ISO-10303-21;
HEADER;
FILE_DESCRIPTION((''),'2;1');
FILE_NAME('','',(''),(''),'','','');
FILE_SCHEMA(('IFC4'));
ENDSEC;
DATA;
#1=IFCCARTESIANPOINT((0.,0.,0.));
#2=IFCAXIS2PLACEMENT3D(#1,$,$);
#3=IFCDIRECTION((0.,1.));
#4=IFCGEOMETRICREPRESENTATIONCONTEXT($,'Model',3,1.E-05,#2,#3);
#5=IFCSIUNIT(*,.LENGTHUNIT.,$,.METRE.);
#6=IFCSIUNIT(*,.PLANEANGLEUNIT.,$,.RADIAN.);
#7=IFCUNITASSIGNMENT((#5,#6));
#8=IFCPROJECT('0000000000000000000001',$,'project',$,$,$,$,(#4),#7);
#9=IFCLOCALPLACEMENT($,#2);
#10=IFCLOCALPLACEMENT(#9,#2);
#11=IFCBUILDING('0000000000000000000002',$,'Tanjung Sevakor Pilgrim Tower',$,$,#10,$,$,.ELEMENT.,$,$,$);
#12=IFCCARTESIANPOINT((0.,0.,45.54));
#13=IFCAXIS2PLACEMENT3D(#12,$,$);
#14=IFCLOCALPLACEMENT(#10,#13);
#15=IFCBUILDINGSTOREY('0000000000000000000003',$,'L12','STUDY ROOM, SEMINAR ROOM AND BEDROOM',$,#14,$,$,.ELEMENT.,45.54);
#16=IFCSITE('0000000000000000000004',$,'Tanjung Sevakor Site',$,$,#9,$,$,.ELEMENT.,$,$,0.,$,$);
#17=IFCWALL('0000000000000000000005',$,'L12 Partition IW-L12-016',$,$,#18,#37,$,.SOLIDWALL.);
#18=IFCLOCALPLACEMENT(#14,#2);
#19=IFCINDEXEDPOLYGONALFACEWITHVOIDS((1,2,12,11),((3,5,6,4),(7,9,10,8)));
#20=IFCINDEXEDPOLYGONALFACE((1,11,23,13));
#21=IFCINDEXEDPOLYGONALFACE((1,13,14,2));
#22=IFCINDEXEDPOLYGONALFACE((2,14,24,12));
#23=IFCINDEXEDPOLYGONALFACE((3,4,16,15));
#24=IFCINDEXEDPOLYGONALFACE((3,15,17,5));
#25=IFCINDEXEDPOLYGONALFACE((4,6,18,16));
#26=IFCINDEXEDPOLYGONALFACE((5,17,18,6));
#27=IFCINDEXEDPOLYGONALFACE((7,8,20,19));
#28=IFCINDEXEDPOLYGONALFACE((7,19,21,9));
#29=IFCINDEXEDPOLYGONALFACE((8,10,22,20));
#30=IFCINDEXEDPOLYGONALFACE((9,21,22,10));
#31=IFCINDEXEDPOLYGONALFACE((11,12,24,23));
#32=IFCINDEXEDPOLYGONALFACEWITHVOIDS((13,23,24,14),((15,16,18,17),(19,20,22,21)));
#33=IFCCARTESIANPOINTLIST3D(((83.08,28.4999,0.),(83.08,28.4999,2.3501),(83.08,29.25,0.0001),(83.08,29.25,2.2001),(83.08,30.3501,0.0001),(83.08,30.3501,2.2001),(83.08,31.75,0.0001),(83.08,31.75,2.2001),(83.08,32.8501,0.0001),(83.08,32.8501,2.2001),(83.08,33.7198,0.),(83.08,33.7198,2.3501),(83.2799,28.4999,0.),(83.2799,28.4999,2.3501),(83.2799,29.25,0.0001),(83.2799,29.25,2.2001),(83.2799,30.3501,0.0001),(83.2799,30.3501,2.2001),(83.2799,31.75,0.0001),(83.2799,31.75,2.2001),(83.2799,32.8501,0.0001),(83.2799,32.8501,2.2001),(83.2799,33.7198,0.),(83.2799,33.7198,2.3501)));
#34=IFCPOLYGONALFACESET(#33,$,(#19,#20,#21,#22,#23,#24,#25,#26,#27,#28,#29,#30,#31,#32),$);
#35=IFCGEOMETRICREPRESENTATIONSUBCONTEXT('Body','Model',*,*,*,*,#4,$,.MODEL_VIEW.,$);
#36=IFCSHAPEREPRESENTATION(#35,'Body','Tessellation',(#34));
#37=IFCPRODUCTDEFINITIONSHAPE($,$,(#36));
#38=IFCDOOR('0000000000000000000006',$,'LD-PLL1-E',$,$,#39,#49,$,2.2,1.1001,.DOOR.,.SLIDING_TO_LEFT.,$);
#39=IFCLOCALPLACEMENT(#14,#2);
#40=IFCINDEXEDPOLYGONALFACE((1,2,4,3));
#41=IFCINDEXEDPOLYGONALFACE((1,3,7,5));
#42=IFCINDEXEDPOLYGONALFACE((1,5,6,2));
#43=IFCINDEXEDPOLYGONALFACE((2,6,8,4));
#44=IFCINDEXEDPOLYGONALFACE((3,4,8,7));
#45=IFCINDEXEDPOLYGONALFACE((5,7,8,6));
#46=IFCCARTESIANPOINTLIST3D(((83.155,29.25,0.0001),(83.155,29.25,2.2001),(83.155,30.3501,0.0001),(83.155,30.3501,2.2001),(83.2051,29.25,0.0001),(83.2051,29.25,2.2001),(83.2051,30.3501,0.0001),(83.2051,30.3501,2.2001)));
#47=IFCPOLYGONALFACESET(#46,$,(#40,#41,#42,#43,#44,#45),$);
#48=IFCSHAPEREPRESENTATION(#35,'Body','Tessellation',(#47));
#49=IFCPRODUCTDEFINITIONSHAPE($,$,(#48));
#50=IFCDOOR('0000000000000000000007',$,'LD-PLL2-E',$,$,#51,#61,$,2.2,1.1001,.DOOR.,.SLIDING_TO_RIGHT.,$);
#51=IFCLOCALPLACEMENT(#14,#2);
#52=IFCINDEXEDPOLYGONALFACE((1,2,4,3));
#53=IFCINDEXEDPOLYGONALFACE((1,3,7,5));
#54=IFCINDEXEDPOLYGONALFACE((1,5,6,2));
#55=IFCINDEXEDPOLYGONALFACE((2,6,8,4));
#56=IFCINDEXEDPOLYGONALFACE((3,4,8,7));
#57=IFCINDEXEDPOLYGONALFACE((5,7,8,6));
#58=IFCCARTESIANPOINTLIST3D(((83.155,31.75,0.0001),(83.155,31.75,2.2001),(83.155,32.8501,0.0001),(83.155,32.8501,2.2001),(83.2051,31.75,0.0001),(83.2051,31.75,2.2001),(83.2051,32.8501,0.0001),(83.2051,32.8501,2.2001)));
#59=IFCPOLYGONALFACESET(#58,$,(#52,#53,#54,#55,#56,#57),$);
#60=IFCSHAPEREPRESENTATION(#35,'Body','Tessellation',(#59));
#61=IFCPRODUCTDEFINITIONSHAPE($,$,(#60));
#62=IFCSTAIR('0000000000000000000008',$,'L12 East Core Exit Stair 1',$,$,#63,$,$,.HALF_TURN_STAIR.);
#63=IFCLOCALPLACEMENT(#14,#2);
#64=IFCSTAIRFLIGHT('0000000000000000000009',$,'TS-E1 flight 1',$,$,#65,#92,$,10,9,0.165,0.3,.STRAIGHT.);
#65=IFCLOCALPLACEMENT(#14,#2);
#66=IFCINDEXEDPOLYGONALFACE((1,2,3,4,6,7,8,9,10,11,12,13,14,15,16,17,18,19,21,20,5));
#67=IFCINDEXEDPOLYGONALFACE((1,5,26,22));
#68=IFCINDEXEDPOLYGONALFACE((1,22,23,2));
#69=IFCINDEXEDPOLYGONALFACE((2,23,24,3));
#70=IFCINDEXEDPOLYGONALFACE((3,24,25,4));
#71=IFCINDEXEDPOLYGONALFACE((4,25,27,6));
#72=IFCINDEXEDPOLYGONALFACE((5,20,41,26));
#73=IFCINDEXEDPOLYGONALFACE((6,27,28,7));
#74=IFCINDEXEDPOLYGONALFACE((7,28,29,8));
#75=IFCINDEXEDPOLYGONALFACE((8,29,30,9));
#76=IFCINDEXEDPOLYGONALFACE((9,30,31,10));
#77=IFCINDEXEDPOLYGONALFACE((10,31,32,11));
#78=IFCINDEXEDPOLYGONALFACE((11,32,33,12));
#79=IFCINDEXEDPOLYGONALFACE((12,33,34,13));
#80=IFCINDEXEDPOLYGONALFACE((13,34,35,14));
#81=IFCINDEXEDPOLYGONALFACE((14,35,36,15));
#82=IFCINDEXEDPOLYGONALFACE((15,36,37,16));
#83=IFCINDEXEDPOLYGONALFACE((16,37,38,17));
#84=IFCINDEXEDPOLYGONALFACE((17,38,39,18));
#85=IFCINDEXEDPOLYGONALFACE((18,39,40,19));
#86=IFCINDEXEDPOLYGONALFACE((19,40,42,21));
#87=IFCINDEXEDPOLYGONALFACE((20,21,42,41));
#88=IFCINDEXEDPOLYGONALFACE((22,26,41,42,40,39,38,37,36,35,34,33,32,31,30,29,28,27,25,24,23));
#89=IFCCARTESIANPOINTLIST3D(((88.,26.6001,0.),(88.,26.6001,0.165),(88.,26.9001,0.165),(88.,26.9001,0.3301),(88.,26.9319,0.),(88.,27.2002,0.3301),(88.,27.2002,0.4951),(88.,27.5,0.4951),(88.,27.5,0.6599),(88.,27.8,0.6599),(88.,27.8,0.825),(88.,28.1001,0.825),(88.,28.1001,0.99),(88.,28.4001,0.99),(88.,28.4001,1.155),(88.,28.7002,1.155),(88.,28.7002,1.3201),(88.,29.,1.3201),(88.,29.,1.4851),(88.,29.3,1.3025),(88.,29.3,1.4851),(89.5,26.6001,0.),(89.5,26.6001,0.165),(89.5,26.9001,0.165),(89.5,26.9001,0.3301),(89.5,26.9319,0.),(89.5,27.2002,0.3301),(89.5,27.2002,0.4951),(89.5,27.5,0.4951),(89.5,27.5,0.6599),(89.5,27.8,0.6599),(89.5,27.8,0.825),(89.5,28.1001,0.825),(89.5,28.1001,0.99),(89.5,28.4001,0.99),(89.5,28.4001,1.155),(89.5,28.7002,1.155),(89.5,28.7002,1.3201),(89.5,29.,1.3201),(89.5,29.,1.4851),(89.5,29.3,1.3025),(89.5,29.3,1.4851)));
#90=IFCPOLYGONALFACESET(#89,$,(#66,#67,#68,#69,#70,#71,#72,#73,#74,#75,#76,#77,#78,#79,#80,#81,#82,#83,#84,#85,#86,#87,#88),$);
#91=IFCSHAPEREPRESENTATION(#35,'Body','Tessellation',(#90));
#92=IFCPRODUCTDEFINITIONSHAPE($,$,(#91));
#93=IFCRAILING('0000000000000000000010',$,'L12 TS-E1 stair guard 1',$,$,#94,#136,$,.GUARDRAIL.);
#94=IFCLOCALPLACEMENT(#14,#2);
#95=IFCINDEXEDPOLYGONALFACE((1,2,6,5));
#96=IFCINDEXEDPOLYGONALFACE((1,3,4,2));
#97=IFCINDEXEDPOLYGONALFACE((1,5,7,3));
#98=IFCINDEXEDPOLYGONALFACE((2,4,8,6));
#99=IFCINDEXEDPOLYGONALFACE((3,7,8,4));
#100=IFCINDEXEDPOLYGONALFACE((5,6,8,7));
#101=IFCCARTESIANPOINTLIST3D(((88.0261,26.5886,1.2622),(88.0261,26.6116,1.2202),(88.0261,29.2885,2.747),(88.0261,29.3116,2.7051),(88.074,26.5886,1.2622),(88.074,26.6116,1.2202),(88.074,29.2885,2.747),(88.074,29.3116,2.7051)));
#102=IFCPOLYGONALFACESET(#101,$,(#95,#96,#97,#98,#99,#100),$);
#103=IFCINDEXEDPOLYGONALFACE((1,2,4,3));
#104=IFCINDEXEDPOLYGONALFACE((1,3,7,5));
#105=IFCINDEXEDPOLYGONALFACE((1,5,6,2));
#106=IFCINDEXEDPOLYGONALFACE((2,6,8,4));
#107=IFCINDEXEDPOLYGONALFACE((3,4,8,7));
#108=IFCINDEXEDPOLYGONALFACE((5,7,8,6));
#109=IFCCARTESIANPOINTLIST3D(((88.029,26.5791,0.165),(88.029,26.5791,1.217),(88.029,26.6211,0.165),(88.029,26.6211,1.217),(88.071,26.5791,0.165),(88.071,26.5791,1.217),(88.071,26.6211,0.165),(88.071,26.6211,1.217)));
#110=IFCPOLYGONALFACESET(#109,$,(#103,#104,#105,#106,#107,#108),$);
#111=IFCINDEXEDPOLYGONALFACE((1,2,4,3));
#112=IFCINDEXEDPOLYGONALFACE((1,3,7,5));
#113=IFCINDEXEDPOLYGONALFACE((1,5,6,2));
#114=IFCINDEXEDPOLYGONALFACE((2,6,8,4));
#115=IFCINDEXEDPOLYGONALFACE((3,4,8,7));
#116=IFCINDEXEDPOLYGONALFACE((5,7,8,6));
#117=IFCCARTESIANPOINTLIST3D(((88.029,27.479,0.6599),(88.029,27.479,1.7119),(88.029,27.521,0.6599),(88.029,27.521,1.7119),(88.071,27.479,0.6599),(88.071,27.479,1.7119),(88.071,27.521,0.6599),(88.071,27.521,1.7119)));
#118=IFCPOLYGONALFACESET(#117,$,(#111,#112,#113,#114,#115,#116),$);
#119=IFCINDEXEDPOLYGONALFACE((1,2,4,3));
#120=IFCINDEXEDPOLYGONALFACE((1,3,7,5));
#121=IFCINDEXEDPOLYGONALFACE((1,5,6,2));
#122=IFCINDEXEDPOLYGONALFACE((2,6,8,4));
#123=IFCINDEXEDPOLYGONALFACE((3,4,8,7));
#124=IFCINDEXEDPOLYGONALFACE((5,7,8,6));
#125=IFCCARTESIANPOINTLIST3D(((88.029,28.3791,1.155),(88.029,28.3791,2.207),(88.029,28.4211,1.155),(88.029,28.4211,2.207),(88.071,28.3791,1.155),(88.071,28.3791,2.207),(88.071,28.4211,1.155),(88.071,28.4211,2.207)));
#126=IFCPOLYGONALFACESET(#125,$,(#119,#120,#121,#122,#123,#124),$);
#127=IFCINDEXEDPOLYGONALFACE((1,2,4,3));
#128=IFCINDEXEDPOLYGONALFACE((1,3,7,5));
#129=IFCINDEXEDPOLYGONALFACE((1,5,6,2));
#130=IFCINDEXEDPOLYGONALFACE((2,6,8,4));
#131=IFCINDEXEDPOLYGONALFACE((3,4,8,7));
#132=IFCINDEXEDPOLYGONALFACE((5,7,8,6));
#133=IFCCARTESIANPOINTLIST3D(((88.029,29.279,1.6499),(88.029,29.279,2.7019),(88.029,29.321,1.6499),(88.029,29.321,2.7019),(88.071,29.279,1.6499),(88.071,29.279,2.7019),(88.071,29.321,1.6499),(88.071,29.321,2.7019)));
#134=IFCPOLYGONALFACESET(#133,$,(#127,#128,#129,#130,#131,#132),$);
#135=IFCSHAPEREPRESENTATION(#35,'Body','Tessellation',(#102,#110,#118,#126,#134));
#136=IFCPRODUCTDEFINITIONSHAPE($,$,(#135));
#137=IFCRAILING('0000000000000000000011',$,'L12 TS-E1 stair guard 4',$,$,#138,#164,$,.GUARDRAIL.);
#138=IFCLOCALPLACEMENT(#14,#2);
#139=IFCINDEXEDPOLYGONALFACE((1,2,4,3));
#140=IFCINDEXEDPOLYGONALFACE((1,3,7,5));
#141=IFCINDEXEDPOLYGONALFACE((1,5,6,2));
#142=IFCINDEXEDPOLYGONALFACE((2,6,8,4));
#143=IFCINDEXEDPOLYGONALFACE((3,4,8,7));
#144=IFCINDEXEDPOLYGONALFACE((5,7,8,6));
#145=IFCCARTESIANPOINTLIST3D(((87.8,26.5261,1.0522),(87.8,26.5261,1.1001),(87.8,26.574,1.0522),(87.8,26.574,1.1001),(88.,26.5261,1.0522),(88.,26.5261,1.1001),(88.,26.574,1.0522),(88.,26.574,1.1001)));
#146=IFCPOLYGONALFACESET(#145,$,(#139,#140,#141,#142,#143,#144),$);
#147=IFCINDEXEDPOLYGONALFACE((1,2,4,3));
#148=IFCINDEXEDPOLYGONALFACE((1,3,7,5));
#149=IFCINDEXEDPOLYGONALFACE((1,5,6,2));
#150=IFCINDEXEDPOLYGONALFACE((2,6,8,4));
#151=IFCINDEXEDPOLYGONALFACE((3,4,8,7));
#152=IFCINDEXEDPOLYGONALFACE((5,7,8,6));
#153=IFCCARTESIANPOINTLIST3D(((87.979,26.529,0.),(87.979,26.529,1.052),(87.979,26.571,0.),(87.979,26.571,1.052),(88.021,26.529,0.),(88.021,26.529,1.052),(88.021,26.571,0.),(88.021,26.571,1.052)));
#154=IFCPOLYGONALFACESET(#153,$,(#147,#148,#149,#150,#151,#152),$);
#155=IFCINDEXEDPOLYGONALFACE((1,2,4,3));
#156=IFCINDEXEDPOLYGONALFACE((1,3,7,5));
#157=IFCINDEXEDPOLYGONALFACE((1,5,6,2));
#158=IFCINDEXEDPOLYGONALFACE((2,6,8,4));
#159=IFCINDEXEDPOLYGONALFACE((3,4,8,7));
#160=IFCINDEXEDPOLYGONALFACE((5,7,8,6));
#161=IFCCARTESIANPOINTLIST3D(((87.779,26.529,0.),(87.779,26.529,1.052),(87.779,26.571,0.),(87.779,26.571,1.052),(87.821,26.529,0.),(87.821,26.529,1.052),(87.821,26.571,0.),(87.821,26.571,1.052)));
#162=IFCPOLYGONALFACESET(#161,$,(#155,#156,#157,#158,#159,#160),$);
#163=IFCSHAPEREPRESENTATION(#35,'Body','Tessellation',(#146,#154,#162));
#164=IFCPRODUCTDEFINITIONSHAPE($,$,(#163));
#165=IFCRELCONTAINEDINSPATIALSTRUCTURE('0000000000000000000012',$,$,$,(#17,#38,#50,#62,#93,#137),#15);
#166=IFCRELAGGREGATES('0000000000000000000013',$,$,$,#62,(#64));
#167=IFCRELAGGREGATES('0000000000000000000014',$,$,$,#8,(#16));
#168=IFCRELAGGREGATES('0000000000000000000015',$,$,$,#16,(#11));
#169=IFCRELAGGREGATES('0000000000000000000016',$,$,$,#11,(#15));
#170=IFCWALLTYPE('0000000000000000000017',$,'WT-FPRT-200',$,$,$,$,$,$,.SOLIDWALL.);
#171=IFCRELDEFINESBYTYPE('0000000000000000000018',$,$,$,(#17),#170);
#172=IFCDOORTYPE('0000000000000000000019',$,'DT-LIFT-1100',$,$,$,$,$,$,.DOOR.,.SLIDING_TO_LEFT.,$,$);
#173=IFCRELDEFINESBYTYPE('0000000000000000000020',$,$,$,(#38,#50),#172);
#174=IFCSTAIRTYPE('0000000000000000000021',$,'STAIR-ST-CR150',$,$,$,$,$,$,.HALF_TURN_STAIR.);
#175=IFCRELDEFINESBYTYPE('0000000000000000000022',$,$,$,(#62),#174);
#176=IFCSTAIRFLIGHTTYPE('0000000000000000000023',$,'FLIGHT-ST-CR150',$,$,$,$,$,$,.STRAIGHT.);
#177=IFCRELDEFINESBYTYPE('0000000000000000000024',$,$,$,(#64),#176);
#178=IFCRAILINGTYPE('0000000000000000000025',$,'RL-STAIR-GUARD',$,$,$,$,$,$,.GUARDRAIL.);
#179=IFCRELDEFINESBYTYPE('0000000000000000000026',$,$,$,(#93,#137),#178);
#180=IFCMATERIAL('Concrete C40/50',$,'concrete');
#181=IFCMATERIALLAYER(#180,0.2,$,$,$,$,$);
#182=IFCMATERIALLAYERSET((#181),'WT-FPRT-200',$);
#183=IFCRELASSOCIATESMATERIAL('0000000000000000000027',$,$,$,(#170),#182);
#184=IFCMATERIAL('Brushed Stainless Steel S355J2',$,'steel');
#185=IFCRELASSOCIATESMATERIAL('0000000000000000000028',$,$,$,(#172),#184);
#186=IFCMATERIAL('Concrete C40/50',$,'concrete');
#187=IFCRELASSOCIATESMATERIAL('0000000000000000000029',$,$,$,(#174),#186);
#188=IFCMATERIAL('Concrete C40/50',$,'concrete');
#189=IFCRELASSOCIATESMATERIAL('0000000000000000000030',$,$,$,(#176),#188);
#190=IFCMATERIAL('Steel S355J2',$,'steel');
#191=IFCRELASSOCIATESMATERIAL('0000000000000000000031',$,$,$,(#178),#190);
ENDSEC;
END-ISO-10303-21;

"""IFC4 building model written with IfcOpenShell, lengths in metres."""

from ifc_helpers import new_model, si_unit, direction, frame, frame_2d, origin, place, context, subcontext, project, spatial, polyline, rectangle, outline, extrude, material, layer, layer_set, type_object, element, fill, aggregate, save


model = new_model("IFC4")

# Units and contexts
model_context = context("Model", 3, precision=1e-05, world=origin(), true_north=direction((0.0, 1.0)))
body_context = subcontext(model_context, "Body", "Model", "MODEL_VIEW")
ifc_project = project(units=[si_unit("LENGTHUNIT", "METRE"), si_unit("PLANEANGLEUNIT", "RADIAN")], contexts=[model_context])

# Site, building, storey
site_placement = place(None, origin())
site = spatial("IfcSite", under=ifc_project, at=site_placement, Name="Tanjung Sevakor Site", CompositionType="ELEMENT", RefElevation=0.0)
building_placement = place(site_placement, origin())
building = spatial("IfcBuilding", under=site, at=building_placement, Name="Tanjung Sevakor Pilgrim Tower", CompositionType="ELEMENT")
storey_placement = place(building_placement, frame((0.0, 0.0, 45.54)))
storey = spatial("IfcBuildingStorey", under=building, at=storey_placement, Name="L12", Description="STUDY ROOM, SEMINAR ROOM AND BEDROOM", CompositionType="ELEMENT", Elevation=45.54)

# Shared definitions
ifc_material_1 = material(Name="Concrete C40/50", Category="concrete")
ifc_layer_1 = layer(ifc_material_1, 0.2)
ifc_layer_set_1 = layer_set([ifc_layer_1], Name="WT-FPRT-200")
wall_type_1 = type_object("IfcWallType", Name="WT-FPRT-200", PredefinedType="SOLIDWALL", material=ifc_layer_set_1)
ifc_material_2 = material(Name="Brushed Stainless Steel S355J2", Category="steel")
door_type_1 = type_object("IfcDoorType", Name="DT-LIFT-1100", OperationType="SLIDING_TO_LEFT", PredefinedType="DOOR", material=ifc_material_2)

# Wall, openings, doors
wall_1_placement = place(storey_placement, frame((83.1799, 28.5, 0.0), z_axis=(0.0, 0.0, 1.0), x_axis=(0.0, 1.0, 0.0)))
wall_1 = element("IfcWall", 1, at=wall_1_placement, inside=storey, type_object=wall_type_1, Name="L12 Partition IW-L12-016", PredefinedType="SOLIDWALL", context=body_context, shape_type="SweptSolid", body=[
    extrude(rectangle(XDim=5.22, YDim=0.2, at=frame_2d((2.6099, 0.0))), origin(), (0.0, 0.0, 1.0), 2.3501),
])
opening_1_placement = place(wall_1_placement, frame((0.75, 0.0, 0.0)))
opening_1 = element("IfcOpeningElement", 2, at=opening_1_placement, cuts=wall_1, PredefinedType="OPENING", context=body_context, shape_type="SweptSolid", body=[
    extrude(rectangle(XDim=1.1001, YDim=2.2, at=frame_2d((0.55, 1.1001))), frame((0.0, 0.1099, 0.0), z_axis=(0.0, -1.0, 0.0), x_axis=(1.0, 0.0, 0.0)), (0.0, 0.0, 1.0), 0.22),
])
opening_2_placement = place(wall_1_placement, frame((3.25, 0.0, 0.0)))
opening_2 = element("IfcOpeningElement", 3, at=opening_2_placement, cuts=wall_1, PredefinedType="OPENING", context=body_context, shape_type="SweptSolid", body=[
    extrude(rectangle(XDim=1.1001, YDim=2.2, at=frame_2d((0.55, 1.1001))), frame((0.0, 0.1099, 0.0), z_axis=(0.0, -1.0, 0.0), x_axis=(1.0, 0.0, 0.0)), (0.0, 0.0, 1.0), 0.22),
])
door_1_placement = place(opening_1_placement, origin())
door_1 = element("IfcDoor", 4, at=door_1_placement, inside=storey, type_object=door_type_1, Name="LD-PLL1-E", OperationType="SLIDING_TO_LEFT", OverallHeight=2.2, OverallWidth=1.1001, PredefinedType="DOOR", context=body_context, shape_type="SweptSolid", body=[
    extrude(rectangle(XDim=1.1001, YDim=2.2, at=frame_2d((0.55, 1.1001))), frame((0.0, 0.0249, 0.0), z_axis=(0.0, -1.0, 0.0), x_axis=(1.0, 0.0, 0.0)), (0.0, 0.0, 1.0), 0.05),
])
fill(opening_1, door_1)
door_2_placement = place(opening_2_placement, origin())
door_2 = element("IfcDoor", 5, at=door_2_placement, inside=storey, type_object=door_type_1, Name="LD-PLL2-E", OperationType="SLIDING_TO_RIGHT", OverallHeight=2.2, OverallWidth=1.1001, PredefinedType="DOOR", context=body_context, shape_type="SweptSolid", body=[
    extrude(rectangle(XDim=1.1001, YDim=2.2, at=frame_2d((0.55, 1.1001))), frame((0.0, 0.0249, 0.0), z_axis=(0.0, -1.0, 0.0), x_axis=(1.0, 0.0, 0.0)), (0.0, 0.0, 1.0), 0.05),
])
fill(opening_2, door_2)

# Stair, stair flight
ifc_material_3 = material(Name="Concrete C40/50", Category="concrete")
stair_type = type_object("IfcStairType", Name="STAIR-ST-CR150", PredefinedType="HALF_TURN_STAIR", material=ifc_material_3)
stair_placement = place(storey_placement, origin())
stair = element("IfcStair", 6, at=stair_placement, inside=storey, type_object=stair_type, Name="L12 East Core Exit Stair 1", PredefinedType="HALF_TURN_STAIR")
ifc_material_4 = material(Name="Concrete C40/50", Category="concrete")
stair_flight_type = type_object("IfcStairFlightType", Name="FLIGHT-ST-CR150", PredefinedType="STRAIGHT", material=ifc_material_4)
stair_flight_placement = place(storey_placement, frame((88.75, 26.6001, 0.0), z_axis=(0.0, 0.0, 1.0), x_axis=(0.0, 1.0, 0.0)))
stair_flight = element("IfcStairFlight", 7, at=stair_flight_placement, type_object=stair_flight_type, Name="TS-E1 flight 1", NumberOfRisers=10, NumberOfTreads=9, PredefinedType="STRAIGHT", RiserHeight=0.165, TreadLength=0.3, context=body_context, shape_type="SweptSolid", body=[
    extrude(outline(polyline([(0.0, 0.0), (0.0, 0.165), (0.3, 0.165), (0.3, 0.3301), (0.6001, 0.3301), (0.6001, 0.4951), (0.8999, 0.4951), (0.8999, 0.6599), (1.2, 0.6599), (1.2, 0.825), (1.5, 0.825), (1.5, 0.99), (1.8, 0.99), (1.8, 1.155), (2.1001, 1.155), (2.1001, 1.3201), (2.3999, 1.3201), (2.3999, 1.4851), (2.7, 1.4851), (2.7, 1.6499), (2.7, 1.3025), (0.3318, 0.0), (0.0, 0.0)])), frame((0.0, 0.75, 0.0), z_axis=(0.0, -1.0, 0.0), x_axis=(1.0, 0.0, 0.0)), (0.0, 0.0, 1.0), 1.5),
])
aggregate(stair, [stair_flight])

# Railings
ifc_material_5 = material(Name="Steel S355J2", Category="steel")
railing_type_1 = type_object("IfcRailingType", Name="RL-STAIR-GUARD", PredefinedType="GUARDRAIL", material=ifc_material_5)
railing_1_placement = place(storey_placement, frame((88.05, 26.6001, 0.165)))
element("IfcRailing", 8, at=railing_1_placement, inside=storey, type_object=railing_type_1, Name="L12 TS-E1 stair guard 1", PredefinedType="GUARDRAIL", context=body_context, shape_type="SweptSolid", body=[
    extrude(rectangle(XDim=0.0479, YDim=0.0479), frame((0.0, 0.0, 1.0762), z_axis=(0.0, 0.876231, 0.481891), x_axis=(-1.0, 0.0, 0.0)), (0.0, 0.0, 1.0), 3.0813),
    extrude(rectangle(XDim=0.042, YDim=0.042), origin(), (0.0, 0.0, 1.0), 1.052),
    extrude(rectangle(XDim=0.042, YDim=0.042), frame((0.0, 0.8999, 0.4949)), (0.0, 0.0, 1.0), 1.052),
    extrude(rectangle(XDim=0.042, YDim=0.042), frame((0.0, 1.8, 0.99)), (0.0, 0.0, 1.0), 1.052),
    extrude(rectangle(XDim=0.042, YDim=0.042), frame((0.0, 2.7, 1.4849)), (0.0, 0.0, 1.0), 1.052),
])
railing_2_placement = place(storey_placement, frame((88.0, 26.55, 0.0)))
element("IfcRailing", 9, at=railing_2_placement, inside=storey, type_object=railing_type_1, Name="L12 TS-E1 stair guard 4", PredefinedType="GUARDRAIL", context=body_context, shape_type="SweptSolid", body=[
    extrude(rectangle(XDim=0.0479, YDim=0.0479), frame((0.0, 0.0, 1.0762), z_axis=(-1.0, 0.0, 0.0), x_axis=(0.0, -1.0, 0.0)), (0.0, 0.0, 1.0), 0.2),
    extrude(rectangle(XDim=0.042, YDim=0.042), origin(), (0.0, 0.0, 1.0), 1.052),
    extrude(rectangle(XDim=0.042, YDim=0.042), frame((-0.2, 0.0, 0.0)), (0.0, 0.0, 1.0), 1.052),
])

save(model, "model.ifc")
